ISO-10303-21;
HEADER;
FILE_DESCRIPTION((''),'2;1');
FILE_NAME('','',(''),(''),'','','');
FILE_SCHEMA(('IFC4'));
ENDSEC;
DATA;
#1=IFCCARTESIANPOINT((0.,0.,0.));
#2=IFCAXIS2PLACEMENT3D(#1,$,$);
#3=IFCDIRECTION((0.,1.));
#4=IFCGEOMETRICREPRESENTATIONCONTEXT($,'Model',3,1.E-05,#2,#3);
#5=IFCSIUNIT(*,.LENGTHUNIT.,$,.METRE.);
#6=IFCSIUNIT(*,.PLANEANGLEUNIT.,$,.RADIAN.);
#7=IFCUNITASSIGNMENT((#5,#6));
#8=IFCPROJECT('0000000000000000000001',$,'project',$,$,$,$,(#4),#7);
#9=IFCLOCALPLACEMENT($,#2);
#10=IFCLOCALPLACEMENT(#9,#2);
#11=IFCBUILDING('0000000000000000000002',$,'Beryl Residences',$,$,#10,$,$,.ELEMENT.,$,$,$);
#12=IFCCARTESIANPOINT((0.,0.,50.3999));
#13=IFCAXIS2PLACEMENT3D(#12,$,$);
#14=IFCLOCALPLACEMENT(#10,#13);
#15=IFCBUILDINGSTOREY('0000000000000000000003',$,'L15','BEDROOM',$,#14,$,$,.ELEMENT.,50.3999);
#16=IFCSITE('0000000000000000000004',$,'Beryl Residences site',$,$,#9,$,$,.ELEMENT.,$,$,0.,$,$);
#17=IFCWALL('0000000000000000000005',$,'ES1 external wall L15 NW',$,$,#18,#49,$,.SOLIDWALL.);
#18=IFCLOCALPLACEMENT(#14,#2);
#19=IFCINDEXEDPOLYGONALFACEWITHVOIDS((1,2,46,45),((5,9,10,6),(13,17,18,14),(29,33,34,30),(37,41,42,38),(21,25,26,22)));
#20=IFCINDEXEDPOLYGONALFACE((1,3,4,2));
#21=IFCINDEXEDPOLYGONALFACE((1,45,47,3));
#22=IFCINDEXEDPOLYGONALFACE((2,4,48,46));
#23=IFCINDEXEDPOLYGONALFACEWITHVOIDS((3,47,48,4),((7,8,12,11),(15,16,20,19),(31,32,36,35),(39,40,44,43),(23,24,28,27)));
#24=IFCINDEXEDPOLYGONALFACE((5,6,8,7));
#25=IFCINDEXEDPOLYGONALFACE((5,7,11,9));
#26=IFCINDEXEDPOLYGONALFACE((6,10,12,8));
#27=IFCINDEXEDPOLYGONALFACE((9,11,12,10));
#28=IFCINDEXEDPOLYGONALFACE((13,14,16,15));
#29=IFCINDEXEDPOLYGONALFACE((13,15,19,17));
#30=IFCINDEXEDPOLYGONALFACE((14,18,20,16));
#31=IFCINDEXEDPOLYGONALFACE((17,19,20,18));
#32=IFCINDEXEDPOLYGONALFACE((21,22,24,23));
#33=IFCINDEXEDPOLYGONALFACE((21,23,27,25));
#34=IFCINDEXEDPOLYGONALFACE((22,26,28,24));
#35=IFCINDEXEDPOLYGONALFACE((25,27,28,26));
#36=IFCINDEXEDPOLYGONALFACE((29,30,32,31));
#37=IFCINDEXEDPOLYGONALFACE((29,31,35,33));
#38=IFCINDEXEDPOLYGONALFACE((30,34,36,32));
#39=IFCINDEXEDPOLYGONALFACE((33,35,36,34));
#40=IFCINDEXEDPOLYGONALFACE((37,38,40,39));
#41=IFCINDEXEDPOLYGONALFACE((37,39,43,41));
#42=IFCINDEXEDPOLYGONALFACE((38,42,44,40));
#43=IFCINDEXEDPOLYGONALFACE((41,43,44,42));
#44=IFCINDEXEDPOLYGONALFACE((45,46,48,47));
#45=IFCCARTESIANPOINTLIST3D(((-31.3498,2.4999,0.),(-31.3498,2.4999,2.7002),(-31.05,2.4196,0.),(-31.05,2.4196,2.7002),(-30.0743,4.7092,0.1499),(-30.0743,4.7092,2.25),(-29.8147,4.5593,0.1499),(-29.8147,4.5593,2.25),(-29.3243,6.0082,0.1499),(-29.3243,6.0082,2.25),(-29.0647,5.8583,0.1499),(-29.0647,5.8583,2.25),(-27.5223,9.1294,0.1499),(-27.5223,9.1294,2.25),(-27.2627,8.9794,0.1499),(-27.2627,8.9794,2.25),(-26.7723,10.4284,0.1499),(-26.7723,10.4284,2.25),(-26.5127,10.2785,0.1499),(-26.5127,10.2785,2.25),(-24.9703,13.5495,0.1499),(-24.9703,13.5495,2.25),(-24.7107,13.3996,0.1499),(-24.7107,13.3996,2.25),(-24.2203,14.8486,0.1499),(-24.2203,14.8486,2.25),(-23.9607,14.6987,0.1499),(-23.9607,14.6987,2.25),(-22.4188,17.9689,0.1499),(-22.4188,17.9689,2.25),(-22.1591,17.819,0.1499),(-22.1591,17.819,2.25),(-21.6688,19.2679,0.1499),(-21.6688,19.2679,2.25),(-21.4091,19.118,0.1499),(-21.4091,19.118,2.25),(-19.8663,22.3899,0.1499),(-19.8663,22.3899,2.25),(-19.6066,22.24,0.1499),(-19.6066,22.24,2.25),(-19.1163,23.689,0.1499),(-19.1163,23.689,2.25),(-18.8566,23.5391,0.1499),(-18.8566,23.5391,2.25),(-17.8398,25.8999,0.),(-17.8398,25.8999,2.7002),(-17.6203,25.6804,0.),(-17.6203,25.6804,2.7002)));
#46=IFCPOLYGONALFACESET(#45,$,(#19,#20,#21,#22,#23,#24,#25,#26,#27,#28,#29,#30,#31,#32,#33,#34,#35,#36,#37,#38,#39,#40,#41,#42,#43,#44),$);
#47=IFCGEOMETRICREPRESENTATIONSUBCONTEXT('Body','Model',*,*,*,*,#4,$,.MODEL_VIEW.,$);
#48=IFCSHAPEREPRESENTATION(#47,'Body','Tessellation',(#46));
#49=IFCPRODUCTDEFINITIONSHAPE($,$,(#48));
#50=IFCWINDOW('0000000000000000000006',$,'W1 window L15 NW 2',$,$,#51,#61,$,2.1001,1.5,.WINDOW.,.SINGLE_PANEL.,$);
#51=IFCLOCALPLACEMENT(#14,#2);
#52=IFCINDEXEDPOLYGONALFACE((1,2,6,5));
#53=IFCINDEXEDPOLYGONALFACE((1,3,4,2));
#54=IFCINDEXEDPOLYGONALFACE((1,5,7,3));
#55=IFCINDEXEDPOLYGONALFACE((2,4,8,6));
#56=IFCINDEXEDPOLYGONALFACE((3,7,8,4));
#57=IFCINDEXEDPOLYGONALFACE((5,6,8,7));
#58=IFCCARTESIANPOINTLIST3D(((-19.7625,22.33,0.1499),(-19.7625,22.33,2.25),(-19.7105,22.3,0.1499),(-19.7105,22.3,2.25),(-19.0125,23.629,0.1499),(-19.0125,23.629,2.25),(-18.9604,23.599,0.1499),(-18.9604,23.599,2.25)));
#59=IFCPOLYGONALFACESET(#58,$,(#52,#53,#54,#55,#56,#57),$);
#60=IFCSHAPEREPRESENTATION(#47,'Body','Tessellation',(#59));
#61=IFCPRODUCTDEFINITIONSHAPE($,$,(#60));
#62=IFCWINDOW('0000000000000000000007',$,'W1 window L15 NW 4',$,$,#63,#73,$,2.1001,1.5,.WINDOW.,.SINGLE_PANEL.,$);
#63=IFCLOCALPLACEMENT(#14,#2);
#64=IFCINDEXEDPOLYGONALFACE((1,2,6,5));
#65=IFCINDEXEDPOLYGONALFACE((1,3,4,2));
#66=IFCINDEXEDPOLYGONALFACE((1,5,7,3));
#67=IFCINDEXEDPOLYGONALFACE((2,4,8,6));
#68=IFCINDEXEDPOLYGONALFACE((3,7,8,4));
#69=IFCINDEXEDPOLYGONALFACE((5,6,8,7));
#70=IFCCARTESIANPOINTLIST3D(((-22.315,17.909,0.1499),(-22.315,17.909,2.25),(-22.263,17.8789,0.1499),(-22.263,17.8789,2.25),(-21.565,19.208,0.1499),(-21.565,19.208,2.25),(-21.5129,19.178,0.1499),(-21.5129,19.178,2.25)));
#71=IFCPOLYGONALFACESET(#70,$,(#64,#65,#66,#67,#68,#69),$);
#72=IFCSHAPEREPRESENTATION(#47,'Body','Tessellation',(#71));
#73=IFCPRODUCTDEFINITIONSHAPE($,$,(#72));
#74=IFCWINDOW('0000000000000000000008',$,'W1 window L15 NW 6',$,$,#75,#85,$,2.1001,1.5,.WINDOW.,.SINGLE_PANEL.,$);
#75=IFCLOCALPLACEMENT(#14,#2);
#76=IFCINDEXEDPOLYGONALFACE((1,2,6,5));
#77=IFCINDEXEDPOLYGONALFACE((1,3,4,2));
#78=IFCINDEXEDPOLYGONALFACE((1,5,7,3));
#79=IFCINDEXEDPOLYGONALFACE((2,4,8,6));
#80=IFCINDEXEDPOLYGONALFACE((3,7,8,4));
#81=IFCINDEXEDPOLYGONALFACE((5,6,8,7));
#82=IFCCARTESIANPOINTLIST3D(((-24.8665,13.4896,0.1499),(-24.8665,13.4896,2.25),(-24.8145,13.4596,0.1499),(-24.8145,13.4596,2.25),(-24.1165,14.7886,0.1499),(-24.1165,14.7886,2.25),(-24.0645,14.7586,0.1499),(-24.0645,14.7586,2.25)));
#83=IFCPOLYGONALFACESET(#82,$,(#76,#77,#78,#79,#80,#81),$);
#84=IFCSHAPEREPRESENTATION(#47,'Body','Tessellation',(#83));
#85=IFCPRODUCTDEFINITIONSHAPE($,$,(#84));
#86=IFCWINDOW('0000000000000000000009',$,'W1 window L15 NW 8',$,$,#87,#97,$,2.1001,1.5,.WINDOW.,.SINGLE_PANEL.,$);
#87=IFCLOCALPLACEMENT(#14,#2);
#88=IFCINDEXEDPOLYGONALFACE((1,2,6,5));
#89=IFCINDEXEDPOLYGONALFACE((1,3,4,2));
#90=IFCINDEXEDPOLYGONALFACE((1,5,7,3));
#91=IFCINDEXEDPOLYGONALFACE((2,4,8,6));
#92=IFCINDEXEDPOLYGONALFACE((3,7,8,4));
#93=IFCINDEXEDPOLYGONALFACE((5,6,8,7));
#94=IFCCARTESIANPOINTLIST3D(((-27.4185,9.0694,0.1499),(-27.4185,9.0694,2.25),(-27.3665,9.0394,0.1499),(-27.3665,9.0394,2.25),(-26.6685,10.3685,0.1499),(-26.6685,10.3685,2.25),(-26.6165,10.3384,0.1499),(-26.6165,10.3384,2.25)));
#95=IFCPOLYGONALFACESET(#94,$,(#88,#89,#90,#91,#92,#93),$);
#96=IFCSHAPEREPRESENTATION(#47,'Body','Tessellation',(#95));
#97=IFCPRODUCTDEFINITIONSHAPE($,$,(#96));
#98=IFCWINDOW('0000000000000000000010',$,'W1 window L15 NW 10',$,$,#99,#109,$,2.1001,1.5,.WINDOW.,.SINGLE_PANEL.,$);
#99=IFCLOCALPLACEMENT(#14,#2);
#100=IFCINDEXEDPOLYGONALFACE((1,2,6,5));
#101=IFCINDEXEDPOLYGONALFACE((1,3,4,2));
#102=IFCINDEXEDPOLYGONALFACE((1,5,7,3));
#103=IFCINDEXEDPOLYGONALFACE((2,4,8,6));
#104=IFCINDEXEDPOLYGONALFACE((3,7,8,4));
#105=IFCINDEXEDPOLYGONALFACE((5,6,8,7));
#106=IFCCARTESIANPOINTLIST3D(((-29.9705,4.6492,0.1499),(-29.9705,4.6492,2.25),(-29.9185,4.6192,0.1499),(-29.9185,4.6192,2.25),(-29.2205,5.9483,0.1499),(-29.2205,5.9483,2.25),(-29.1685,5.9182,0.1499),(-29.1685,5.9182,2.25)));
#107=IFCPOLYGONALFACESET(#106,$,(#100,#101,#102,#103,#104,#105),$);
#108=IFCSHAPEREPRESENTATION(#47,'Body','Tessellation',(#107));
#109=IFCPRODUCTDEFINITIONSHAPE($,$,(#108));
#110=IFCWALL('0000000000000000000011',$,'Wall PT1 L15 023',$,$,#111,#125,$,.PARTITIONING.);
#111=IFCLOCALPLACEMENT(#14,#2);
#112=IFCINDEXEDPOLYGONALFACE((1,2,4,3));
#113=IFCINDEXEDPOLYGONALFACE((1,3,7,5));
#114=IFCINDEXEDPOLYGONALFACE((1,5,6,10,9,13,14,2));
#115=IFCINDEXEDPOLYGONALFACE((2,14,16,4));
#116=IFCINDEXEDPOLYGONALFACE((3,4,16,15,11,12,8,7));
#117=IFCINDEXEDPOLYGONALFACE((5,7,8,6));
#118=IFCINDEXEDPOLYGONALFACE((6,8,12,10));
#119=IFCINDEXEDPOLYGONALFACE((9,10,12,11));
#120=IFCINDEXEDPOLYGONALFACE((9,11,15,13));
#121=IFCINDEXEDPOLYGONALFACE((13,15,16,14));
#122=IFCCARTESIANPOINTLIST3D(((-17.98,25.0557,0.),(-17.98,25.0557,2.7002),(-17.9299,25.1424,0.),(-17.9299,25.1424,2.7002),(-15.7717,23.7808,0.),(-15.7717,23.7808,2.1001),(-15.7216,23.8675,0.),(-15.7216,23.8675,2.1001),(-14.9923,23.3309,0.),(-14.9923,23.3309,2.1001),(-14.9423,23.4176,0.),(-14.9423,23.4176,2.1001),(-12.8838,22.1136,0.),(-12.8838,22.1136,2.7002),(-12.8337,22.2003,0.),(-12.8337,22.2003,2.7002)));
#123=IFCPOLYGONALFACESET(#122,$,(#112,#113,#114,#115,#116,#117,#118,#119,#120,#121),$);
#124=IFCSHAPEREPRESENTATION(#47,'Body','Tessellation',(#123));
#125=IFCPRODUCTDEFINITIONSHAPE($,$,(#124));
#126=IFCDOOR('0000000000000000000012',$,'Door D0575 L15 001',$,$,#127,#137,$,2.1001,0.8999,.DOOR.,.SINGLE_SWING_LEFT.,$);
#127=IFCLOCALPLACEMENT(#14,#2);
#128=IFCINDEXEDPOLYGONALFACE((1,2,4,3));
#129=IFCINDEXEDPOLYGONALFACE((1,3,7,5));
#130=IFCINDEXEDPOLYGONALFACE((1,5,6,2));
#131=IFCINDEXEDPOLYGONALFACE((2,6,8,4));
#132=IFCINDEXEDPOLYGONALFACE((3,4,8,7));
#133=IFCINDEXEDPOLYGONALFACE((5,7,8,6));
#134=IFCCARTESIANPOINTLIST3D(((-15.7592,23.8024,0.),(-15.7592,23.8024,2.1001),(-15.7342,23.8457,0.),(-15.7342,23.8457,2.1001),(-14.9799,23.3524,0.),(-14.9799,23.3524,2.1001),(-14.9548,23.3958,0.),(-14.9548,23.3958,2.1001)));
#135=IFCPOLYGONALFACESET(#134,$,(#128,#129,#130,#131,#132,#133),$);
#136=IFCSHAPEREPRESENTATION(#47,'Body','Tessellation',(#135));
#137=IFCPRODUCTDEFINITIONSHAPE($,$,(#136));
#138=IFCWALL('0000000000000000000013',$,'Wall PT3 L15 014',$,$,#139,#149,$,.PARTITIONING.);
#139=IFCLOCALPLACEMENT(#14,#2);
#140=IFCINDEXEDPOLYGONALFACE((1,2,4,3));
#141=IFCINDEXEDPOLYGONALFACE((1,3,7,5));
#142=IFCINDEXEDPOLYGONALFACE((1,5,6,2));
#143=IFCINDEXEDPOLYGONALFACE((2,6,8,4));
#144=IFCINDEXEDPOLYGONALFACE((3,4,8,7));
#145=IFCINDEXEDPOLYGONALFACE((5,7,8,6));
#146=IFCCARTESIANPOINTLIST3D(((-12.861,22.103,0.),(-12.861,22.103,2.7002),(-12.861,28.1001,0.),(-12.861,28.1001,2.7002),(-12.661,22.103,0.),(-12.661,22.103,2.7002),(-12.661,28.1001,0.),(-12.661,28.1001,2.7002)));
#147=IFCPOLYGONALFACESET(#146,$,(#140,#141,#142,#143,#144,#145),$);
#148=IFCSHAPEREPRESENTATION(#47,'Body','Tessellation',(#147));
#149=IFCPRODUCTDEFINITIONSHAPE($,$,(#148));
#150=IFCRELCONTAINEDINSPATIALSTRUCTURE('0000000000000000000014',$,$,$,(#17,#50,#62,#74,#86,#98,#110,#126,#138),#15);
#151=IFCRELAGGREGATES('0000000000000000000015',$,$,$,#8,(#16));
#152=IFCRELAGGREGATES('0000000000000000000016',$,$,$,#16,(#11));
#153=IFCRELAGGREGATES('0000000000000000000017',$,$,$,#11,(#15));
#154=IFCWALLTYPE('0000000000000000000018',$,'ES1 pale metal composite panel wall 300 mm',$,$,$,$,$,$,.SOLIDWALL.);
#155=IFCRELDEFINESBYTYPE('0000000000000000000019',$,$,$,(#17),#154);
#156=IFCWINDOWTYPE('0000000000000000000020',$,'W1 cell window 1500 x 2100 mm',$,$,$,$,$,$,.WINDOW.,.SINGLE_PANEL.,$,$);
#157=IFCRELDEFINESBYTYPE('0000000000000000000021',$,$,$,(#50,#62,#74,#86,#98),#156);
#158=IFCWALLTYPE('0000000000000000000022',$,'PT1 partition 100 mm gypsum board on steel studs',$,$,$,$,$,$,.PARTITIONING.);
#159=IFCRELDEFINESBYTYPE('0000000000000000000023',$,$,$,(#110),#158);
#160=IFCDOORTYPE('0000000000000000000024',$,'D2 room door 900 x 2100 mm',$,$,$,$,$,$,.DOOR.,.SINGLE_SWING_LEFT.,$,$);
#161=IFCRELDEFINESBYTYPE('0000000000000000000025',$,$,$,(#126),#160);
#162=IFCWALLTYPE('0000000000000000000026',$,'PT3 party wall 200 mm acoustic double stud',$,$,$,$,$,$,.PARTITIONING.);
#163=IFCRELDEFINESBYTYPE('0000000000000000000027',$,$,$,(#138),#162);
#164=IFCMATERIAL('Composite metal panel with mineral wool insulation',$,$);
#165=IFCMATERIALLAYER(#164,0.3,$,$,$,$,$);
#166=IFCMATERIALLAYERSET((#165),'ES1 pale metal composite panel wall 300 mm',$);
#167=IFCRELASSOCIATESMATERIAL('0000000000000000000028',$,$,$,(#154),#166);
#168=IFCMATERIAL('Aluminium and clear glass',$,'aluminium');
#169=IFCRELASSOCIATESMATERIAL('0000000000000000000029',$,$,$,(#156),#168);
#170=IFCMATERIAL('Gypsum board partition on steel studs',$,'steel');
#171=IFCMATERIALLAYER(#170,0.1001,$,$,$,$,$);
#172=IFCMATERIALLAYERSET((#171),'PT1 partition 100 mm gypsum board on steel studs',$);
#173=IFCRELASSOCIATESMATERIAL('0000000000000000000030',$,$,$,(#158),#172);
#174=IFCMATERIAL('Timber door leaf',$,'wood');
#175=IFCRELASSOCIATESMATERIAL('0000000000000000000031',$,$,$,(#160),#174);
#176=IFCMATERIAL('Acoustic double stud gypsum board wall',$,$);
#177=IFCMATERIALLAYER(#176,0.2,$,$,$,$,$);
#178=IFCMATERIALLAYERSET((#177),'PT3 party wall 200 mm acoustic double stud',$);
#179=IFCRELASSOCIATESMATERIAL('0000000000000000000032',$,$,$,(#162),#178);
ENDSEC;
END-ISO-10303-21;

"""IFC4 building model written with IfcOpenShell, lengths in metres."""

from ifc_helpers import new_model, si_unit, direction, frame, frame_2d, origin, place, context, subcontext, project, spatial, polyline, rectangle, outline, extrude, material, layer, layer_set, type_object, element, fill, save


model = new_model("IFC4")

# Units and contexts
model_context = context("Model", 3, precision=1e-05, world=origin(), true_north=direction((0.0, 1.0)))
body_context = subcontext(model_context, "Body", "Model", "MODEL_VIEW")
ifc_project = project(units=[si_unit("LENGTHUNIT", "METRE"), si_unit("PLANEANGLEUNIT", "RADIAN")], contexts=[model_context])

# Site, building, storey
site_placement = place(None, origin())
site = spatial("IfcSite", under=ifc_project, at=site_placement, Name="Beryl Residences site", CompositionType="ELEMENT", RefElevation=0.0)
building_placement = place(site_placement, origin())
building = spatial("IfcBuilding", under=site, at=building_placement, Name="Beryl Residences", CompositionType="ELEMENT")
storey_placement = place(building_placement, frame((0.0, 0.0, 50.3999)))
storey = spatial("IfcBuildingStorey", under=building, at=storey_placement, Name="L15", Description="BEDROOM", CompositionType="ELEMENT", Elevation=50.3999)

# Shared definitions
ifc_material_1 = material(Name="Composite metal panel with mineral wool insulation")
ifc_layer_1 = layer(ifc_material_1, 0.3)
ifc_layer_set_1 = layer_set([ifc_layer_1], Name="ES1 pale metal composite panel wall 300 mm")
wall_type_1 = type_object("IfcWallType", Name="ES1 pale metal composite panel wall 300 mm", PredefinedType="SOLIDWALL", material=ifc_layer_set_1)

# Wall, openings, windows
wall_1_placement = place(storey_placement, frame((-17.71, 25.825, 0.0), z_axis=(0.0, 0.0, 1.0), x_axis=(-0.500002, -0.866024, 0.0)))
wall_1 = element("IfcWall", 1, at=wall_1_placement, inside=storey, type_object=wall_type_1, Name="ES1 external wall L15 NW", PredefinedType="SOLIDWALL", context=body_context, shape_type="SweptSolid", body=[
    extrude(outline(polyline([(0.0, -0.1499), (27.02, -0.1499), (26.9397, 0.1499), (0.0803, 0.1499), (0.0, -0.1499)])), origin(), (0.0, 0.0, 1.0), 2.7002),
])
opening_1_placement = place(wall_1_placement, frame((2.553, 0.0, 0.1499)))
opening_1 = element("IfcOpeningElement", 2, at=opening_1_placement, cuts=wall_1, PredefinedType="OPENING", context=body_context, shape_type="SweptSolid", body=[
    extrude(rectangle(XDim=1.5, YDim=2.1001, at=frame_2d((0.75, 1.05))), frame((0.0, 0.1599, 0.0), z_axis=(0.0, -1.0, 0.0), x_axis=(1.0, 0.0, 0.0)), (0.0, 0.0, 1.0), 0.3201),
])
opening_2_placement = place(wall_1_placement, frame((7.658, 0.0, 0.1499)))
opening_2 = element("IfcOpeningElement", 3, at=opening_2_placement, cuts=wall_1, PredefinedType="OPENING", context=body_context, shape_type="SweptSolid", body=[
    extrude(rectangle(XDim=1.5, YDim=2.1001, at=frame_2d((0.75, 1.05))), frame((0.0, 0.1599, 0.0), z_axis=(0.0, -1.0, 0.0), x_axis=(1.0, 0.0, 0.0)), (0.0, 0.0, 1.0), 0.3201),
])
opening_3_placement = place(wall_1_placement, frame((12.761, 0.0, 0.1499)))
opening_3 = element("IfcOpeningElement", 4, at=opening_3_placement, cuts=wall_1, PredefinedType="OPENING", context=body_context, shape_type="SweptSolid", body=[
    extrude(rectangle(XDim=1.5, YDim=2.1001, at=frame_2d((0.75, 1.05))), frame((0.0, 0.1599, 0.0), z_axis=(0.0, -1.0, 0.0), x_axis=(1.0, 0.0, 0.0)), (0.0, 0.0, 1.0), 0.3201),
])
opening_4_placement = place(wall_1_placement, frame((17.865, 0.0, 0.1499)))
opening_4 = element("IfcOpeningElement", 5, at=opening_4_placement, cuts=wall_1, PredefinedType="OPENING", context=body_context, shape_type="SweptSolid", body=[
    extrude(rectangle(XDim=1.5, YDim=2.1001, at=frame_2d((0.75, 1.05))), frame((0.0, 0.1599, 0.0), z_axis=(0.0, -1.0, 0.0), x_axis=(1.0, 0.0, 0.0)), (0.0, 0.0, 1.0), 0.3201),
])
opening_5_placement = place(wall_1_placement, frame((22.969, 0.0, 0.1499)))
opening_5 = element("IfcOpeningElement", 6, at=opening_5_placement, cuts=wall_1, PredefinedType="OPENING", context=body_context, shape_type="SweptSolid", body=[
    extrude(rectangle(XDim=1.5, YDim=2.1001, at=frame_2d((0.75, 1.05))), frame((0.0, 0.1599, 0.0), z_axis=(0.0, -1.0, 0.0), x_axis=(1.0, 0.0, 0.0)), (0.0, 0.0, 1.0), 0.3201),
])
ifc_material_2 = material(Name="Aluminium and clear glass", Category="aluminium")
window_type_1 = type_object("IfcWindowType", Name="W1 cell window 1500 x 2100 mm", PartitioningType="SINGLE_PANEL", PredefinedType="WINDOW", material=ifc_material_2)
window_1_placement = place(opening_1_placement, origin())
window_1 = element("IfcWindow", 7, at=window_1_placement, inside=storey, type_object=window_type_1, Name="W1 window L15 NW 2", OverallHeight=2.1001, OverallWidth=1.5, PartitioningType="SINGLE_PANEL", PredefinedType="WINDOW", context=body_context, shape_type="SweptSolid", body=[
    extrude(rectangle(XDim=1.5, YDim=2.1001, at=frame_2d((0.75, 1.05))), frame((0.0, 0.03, 0.0), z_axis=(0.0, -1.0, 0.0), x_axis=(1.0, 0.0, 0.0)), (0.0, 0.0, 1.0), 0.0601),
])
fill(opening_1, window_1)
window_2_placement = place(opening_2_placement, origin())
window_2 = element("IfcWindow", 8, at=window_2_placement, inside=storey, type_object=window_type_1, Name="W1 window L15 NW 4", OverallHeight=2.1001, OverallWidth=1.5, PartitioningType="SINGLE_PANEL", PredefinedType="WINDOW", context=body_context, shape_type="SweptSolid", body=[
    extrude(rectangle(XDim=1.5, YDim=2.1001, at=frame_2d((0.75, 1.05))), frame((0.0, 0.03, 0.0), z_axis=(0.0, -1.0, 0.0), x_axis=(1.0, 0.0, 0.0)), (0.0, 0.0, 1.0), 0.0601),
])
fill(opening_2, window_2)
window_3_placement = place(opening_3_placement, origin())
window_3 = element("IfcWindow", 9, at=window_3_placement, inside=storey, type_object=window_type_1, Name="W1 window L15 NW 6", OverallHeight=2.1001, OverallWidth=1.5, PartitioningType="SINGLE_PANEL", PredefinedType="WINDOW", context=body_context, shape_type="SweptSolid", body=[
    extrude(rectangle(XDim=1.5, YDim=2.1001, at=frame_2d((0.75, 1.05))), frame((0.0, 0.03, 0.0), z_axis=(0.0, -1.0, 0.0), x_axis=(1.0, 0.0, 0.0)), (0.0, 0.0, 1.0), 0.0601),
])
fill(opening_3, window_3)
window_4_placement = place(opening_4_placement, origin())
window_4 = element("IfcWindow", 10, at=window_4_placement, inside=storey, type_object=window_type_1, Name="W1 window L15 NW 8", OverallHeight=2.1001, OverallWidth=1.5, PartitioningType="SINGLE_PANEL", PredefinedType="WINDOW", context=body_context, shape_type="SweptSolid", body=[
    extrude(rectangle(XDim=1.5, YDim=2.1001, at=frame_2d((0.75, 1.05))), frame((0.0, 0.03, 0.0), z_axis=(0.0, -1.0, 0.0), x_axis=(1.0, 0.0, 0.0)), (0.0, 0.0, 1.0), 0.0601),
])
fill(opening_4, window_4)
window_5_placement = place(opening_5_placement, origin())
window_5 = element("IfcWindow", 11, at=window_5_placement, inside=storey, type_object=window_type_1, Name="W1 window L15 NW 10", OverallHeight=2.1001, OverallWidth=1.5, PartitioningType="SINGLE_PANEL", PredefinedType="WINDOW", context=body_context, shape_type="SweptSolid", body=[
    extrude(rectangle(XDim=1.5, YDim=2.1001, at=frame_2d((0.75, 1.05))), frame((0.0, 0.03, 0.0), z_axis=(0.0, -1.0, 0.0), x_axis=(1.0, 0.0, 0.0)), (0.0, 0.0, 1.0), 0.0601),
])
fill(opening_5, window_5)

# Wall, opening, door
ifc_material_3 = material(Name="Gypsum board partition on steel studs", Category="steel")
ifc_layer_2 = layer(ifc_material_3, 0.1001)
ifc_layer_set_2 = layer_set([ifc_layer_2], Name="PT1 partition 100 mm gypsum board on steel studs")
wall_type_2 = type_object("IfcWallType", Name="PT1 partition 100 mm gypsum board on steel studs", PredefinedType="PARTITIONING", material=ifc_layer_set_2)
wall_2_placement = place(storey_placement, frame((-17.9551, 25.0991, 0.0), z_axis=(0.0, 0.0, 1.0), x_axis=(0.866036, -0.499981, 0.0)))
wall_2 = element("IfcWall", 12, at=wall_2_placement, inside=storey, type_object=wall_type_2, Name="Wall PT1 L15 023", PredefinedType="PARTITIONING", context=body_context, shape_type="SweptSolid", body=[
    extrude(rectangle(XDim=5.8845, YDim=0.1001, at=frame_2d((2.9424, 0.0))), origin(), (0.0, 0.0, 1.0), 2.7002),
])
opening_6_placement = place(wall_2_placement, frame((2.55, 0.0, 0.0)))
opening_6 = element("IfcOpeningElement", 13, at=opening_6_placement, cuts=wall_2, PredefinedType="OPENING", context=body_context, shape_type="SweptSolid", body=[
    extrude(rectangle(XDim=0.8999, YDim=2.1001, at=frame_2d((0.45, 1.05))), frame((0.0, 0.0601, 0.0), z_axis=(0.0, -1.0, 0.0), x_axis=(1.0, 0.0, 0.0)), (0.0, 0.0, 1.0), 0.1201),
])
ifc_material_4 = material(Name="Timber door leaf", Category="wood")
door_type = type_object("IfcDoorType", Name="D2 room door 900 x 2100 mm", OperationType="SINGLE_SWING_LEFT", PredefinedType="DOOR", material=ifc_material_4)
door_placement = place(opening_6_placement, origin())
door = element("IfcDoor", 14, at=door_placement, inside=storey, type_object=door_type, Name="Door D0575 L15 001", OperationType="SINGLE_SWING_LEFT", OverallHeight=2.1001, OverallWidth=0.8999, PredefinedType="DOOR", context=body_context, shape_type="SweptSolid", body=[
    extrude(rectangle(XDim=0.8999, YDim=2.1001, at=frame_2d((0.45, 1.05))), frame((0.0, 0.0249, 0.0), z_axis=(0.0, -1.0, 0.0), x_axis=(1.0, 0.0, 0.0)), (0.0, 0.0, 1.0), 0.05),
])
fill(opening_6, door)

# Wall
ifc_material_5 = material(Name="Acoustic double stud gypsum board wall")
ifc_layer_3 = layer(ifc_material_5, 0.2)
ifc_layer_set_3 = layer_set([ifc_layer_3], Name="PT3 party wall 200 mm acoustic double stud")
wall_type_3 = type_object("IfcWallType", Name="PT3 party wall 200 mm acoustic double stud", PredefinedType="PARTITIONING", material=ifc_layer_set_3)
wall_3_placement = place(storey_placement, frame((-12.761, 22.103, 0.0), z_axis=(0.0, 0.0, 1.0), x_axis=(0.0, 1.0, 0.0)))
element("IfcWall", 15, at=wall_3_placement, inside=storey, type_object=wall_type_3, Name="Wall PT3 L15 014", PredefinedType="PARTITIONING", context=body_context, shape_type="SweptSolid", body=[
    extrude(rectangle(XDim=5.9971, YDim=0.2, at=frame_2d((2.9985, 0.0))), origin(), (0.0, 0.0, 1.0), 2.7002),
])

save(model, "model.ifc")
